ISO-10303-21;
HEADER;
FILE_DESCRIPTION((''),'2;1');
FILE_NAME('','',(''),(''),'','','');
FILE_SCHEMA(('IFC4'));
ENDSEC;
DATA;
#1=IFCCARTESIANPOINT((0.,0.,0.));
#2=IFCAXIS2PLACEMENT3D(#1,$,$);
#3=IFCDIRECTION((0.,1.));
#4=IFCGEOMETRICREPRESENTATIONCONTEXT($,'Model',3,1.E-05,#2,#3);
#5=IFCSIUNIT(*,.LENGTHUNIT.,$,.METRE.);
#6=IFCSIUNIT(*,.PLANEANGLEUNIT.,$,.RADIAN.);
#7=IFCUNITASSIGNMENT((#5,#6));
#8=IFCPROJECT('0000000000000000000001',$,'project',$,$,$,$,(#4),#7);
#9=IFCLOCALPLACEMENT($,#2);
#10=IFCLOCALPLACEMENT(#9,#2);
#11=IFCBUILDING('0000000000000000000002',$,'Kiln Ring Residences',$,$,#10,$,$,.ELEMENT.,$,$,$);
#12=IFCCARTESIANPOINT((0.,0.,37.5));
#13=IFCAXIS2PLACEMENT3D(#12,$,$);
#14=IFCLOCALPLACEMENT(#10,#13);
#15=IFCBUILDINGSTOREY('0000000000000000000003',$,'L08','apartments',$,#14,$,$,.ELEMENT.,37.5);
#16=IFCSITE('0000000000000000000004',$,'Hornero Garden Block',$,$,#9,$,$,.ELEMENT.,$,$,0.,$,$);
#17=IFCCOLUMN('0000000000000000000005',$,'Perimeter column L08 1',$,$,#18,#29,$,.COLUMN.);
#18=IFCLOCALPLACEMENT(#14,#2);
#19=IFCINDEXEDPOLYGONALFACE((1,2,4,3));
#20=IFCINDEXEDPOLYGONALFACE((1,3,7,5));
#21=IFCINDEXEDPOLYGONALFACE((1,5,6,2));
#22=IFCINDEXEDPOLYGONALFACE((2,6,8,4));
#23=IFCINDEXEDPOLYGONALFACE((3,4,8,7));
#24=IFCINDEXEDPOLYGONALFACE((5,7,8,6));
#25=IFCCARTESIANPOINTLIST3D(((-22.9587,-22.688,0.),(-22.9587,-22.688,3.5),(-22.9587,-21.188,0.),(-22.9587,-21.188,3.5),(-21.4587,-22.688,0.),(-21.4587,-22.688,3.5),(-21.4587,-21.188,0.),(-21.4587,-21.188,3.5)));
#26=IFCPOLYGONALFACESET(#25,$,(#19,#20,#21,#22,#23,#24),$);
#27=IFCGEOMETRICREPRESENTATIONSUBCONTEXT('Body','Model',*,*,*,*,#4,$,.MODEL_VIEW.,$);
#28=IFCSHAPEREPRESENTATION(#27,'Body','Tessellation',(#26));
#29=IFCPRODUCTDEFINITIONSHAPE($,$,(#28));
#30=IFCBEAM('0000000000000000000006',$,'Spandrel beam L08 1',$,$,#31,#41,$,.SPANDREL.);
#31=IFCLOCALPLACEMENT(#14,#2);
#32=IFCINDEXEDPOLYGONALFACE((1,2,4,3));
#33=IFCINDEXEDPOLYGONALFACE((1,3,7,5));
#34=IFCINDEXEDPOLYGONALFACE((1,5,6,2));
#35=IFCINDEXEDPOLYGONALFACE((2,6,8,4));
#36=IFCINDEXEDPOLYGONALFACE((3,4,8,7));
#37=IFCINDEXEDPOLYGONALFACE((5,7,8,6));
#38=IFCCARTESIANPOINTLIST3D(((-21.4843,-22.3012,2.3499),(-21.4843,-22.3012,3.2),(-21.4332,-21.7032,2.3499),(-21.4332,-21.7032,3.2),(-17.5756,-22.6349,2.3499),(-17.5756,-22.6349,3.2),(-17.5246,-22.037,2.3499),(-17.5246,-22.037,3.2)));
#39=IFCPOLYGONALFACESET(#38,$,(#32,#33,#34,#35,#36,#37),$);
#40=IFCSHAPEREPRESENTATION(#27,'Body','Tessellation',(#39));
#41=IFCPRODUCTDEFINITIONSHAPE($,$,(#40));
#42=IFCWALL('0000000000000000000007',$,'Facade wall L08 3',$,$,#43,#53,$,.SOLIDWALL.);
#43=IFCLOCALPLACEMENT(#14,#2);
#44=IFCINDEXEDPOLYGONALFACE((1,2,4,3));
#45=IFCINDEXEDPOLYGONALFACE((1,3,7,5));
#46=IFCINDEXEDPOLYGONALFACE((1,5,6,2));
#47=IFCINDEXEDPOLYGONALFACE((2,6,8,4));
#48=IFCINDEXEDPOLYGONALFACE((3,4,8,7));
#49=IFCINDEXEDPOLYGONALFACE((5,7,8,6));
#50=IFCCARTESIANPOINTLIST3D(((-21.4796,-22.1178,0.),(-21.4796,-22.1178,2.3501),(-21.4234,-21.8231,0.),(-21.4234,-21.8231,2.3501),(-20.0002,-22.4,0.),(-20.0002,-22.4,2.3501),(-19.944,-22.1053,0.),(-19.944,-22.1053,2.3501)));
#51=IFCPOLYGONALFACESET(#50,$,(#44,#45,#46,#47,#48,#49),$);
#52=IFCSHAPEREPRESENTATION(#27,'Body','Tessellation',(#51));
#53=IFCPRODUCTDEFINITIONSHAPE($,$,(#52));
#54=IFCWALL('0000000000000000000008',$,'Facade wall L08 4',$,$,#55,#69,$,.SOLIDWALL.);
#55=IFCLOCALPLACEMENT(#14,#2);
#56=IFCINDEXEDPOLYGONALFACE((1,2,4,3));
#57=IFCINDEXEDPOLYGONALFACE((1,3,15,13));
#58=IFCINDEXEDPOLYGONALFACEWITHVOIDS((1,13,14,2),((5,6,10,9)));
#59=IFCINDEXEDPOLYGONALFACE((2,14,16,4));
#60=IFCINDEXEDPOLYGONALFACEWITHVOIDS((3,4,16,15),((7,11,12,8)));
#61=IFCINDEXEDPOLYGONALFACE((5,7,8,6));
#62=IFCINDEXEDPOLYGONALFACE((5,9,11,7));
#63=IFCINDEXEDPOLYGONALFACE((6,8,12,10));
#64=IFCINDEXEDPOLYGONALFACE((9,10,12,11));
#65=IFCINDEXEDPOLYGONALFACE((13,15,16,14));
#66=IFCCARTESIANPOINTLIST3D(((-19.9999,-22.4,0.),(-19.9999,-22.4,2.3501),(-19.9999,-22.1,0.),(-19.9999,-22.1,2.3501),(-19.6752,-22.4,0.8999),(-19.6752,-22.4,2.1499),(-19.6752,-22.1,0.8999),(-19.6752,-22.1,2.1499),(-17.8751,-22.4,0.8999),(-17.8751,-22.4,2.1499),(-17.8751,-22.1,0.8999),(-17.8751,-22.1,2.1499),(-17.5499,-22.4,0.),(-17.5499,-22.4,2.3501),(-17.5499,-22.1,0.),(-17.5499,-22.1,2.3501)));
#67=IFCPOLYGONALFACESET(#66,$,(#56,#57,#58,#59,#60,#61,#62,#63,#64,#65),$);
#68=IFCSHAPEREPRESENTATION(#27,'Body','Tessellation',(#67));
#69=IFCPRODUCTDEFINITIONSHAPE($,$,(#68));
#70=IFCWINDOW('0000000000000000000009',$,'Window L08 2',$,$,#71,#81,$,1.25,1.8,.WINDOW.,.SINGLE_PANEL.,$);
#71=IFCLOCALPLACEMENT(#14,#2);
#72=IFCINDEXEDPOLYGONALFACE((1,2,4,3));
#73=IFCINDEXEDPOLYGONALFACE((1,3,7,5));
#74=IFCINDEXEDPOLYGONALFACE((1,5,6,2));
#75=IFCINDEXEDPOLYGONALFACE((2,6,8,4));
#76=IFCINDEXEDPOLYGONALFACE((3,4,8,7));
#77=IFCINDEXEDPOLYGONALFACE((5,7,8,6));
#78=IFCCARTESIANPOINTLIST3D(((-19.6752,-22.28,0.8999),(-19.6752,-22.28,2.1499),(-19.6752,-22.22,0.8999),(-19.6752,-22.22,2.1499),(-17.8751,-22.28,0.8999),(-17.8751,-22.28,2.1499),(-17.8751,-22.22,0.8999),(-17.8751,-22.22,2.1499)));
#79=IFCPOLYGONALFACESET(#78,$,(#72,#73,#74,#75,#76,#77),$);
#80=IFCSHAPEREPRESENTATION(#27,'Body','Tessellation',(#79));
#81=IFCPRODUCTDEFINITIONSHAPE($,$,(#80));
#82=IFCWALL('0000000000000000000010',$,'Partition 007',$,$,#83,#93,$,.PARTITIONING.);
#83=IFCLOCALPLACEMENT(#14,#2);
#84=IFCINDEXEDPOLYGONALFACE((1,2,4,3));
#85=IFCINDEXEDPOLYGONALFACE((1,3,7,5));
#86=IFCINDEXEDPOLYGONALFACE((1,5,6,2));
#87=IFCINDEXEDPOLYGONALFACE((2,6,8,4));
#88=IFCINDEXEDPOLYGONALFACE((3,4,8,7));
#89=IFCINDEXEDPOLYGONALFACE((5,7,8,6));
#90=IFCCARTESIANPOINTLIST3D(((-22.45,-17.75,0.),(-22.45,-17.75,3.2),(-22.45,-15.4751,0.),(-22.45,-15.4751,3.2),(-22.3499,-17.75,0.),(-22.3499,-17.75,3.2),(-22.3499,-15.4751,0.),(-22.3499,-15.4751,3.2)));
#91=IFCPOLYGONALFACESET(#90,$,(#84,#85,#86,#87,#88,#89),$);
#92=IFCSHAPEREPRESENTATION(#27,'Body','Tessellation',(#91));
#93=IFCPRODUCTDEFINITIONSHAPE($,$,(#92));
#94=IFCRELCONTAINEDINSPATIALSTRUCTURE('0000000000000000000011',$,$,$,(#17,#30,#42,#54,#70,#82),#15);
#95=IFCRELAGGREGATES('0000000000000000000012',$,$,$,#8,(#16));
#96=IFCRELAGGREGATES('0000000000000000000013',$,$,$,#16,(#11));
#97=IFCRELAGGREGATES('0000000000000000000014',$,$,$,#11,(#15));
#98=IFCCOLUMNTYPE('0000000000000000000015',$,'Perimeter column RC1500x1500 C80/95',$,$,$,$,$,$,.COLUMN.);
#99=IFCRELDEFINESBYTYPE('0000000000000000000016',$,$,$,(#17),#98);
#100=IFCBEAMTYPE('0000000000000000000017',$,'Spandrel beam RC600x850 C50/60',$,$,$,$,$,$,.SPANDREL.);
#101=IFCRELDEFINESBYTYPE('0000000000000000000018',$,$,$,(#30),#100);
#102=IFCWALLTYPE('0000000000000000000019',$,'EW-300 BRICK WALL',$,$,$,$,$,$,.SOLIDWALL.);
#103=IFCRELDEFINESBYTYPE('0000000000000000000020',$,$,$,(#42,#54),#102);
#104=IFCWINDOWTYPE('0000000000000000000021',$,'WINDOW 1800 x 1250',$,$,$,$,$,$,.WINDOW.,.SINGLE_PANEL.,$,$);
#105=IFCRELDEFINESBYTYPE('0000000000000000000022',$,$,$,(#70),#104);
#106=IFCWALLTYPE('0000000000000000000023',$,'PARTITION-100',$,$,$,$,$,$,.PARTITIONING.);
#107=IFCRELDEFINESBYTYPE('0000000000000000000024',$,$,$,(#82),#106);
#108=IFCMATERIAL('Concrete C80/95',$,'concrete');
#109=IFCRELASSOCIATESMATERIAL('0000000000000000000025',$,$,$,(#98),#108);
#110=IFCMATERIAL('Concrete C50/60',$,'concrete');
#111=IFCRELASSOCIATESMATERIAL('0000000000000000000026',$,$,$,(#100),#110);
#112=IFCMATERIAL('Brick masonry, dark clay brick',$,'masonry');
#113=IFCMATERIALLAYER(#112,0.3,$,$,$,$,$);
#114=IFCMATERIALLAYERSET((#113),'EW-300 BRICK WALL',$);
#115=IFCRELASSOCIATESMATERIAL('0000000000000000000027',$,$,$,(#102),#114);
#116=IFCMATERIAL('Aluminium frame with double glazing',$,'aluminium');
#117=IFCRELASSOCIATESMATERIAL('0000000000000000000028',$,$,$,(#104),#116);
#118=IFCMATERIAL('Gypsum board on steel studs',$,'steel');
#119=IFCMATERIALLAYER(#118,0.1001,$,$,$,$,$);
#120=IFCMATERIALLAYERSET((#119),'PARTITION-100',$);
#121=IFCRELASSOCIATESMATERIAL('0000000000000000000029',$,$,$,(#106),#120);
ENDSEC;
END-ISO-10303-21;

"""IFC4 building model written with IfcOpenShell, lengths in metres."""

from ifc_helpers import new_model, si_unit, direction, frame, frame_2d, origin, origin_2d, place, context, subcontext, project, spatial, rectangle, extrude, material, layer, layer_set, material_profile, profile_set, type_object, element, fill, save


model = new_model("IFC4")

# Units and contexts
model_context = context("Model", 3, precision=1e-05, world=origin(), true_north=direction((0.0, 1.0)))
body_context = subcontext(model_context, "Body", "Model", "MODEL_VIEW")
ifc_project = project(units=[si_unit("LENGTHUNIT", "METRE"), si_unit("PLANEANGLEUNIT", "RADIAN")], contexts=[model_context])

# Site, building, storey
site_placement = place(None, origin())
site = spatial("IfcSite", under=ifc_project, at=site_placement, Name="Hornero Garden Block", CompositionType="ELEMENT", RefElevation=0.0)
building_placement = place(site_placement, origin())
building = spatial("IfcBuilding", under=site, at=building_placement, Name="Kiln Ring Residences", CompositionType="ELEMENT")
storey_placement = place(building_placement, frame((0.0, 0.0, 37.5)))
storey = spatial("IfcBuildingStorey", under=building, at=storey_placement, Name="L08", Description="apartments", CompositionType="ELEMENT", Elevation=37.5)

# Column
ifc_material_1 = material(Name="Concrete C80/95", Category="concrete")
ifc_material_profile_1 = material_profile(ifc_material_1, rectangle(XDim=1.5, YDim=1.5, at=origin_2d()), Name="RC1500x1500")
ifc_profile_set_1 = profile_set([ifc_material_profile_1], Name="Concrete C80/95")
column_type = type_object("IfcColumnType", Name="Perimeter column RC1500x1500 C80/95", PredefinedType="COLUMN", material=ifc_profile_set_1)
column_placement = place(storey_placement, frame((-22.2087, -21.938, 0.0), z_axis=(0.0, 0.0, 1.0), x_axis=(1.0, 0.0, 0.0)))
element("IfcColumn", 1, at=column_placement, inside=storey, type_object=column_type, Name="Perimeter column L08 1", PredefinedType="COLUMN", context=body_context, shape_type="SweptSolid", body=[
    extrude(rectangle(XDim=1.5, YDim=1.5, at=origin_2d()), origin(), (0.0, 0.0, 1.0), 3.5),
])

# Beam
ifc_material_2 = material(Name="Concrete C50/60", Category="concrete")
ifc_material_profile_2 = material_profile(ifc_material_2, rectangle(XDim=0.6001, YDim=0.8501, at=origin_2d()), Name="RC600x850")
ifc_profile_set_2 = profile_set([ifc_material_profile_2], Name="Concrete C50/60")
beam_type = type_object("IfcBeamType", Name="Spandrel beam RC600x850 C50/60", PredefinedType="SPANDREL", material=ifc_profile_set_2)
beam_placement = place(storey_placement, frame((-21.4587, -22.0022, 2.7749), z_axis=(0.996375, -0.085075, 0.0), x_axis=(0.085075, 0.996375, 0.0)))
element("IfcBeam", 2, at=beam_placement, inside=storey, type_object=beam_type, Name="Spandrel beam L08 1", PredefinedType="SPANDREL", context=body_context, shape_type="SweptSolid", body=[
    extrude(rectangle(XDim=0.6001, YDim=0.8501, at=origin_2d()), origin(), (0.0, 0.0, 1.0), 3.9229),
])

# Wall
ifc_material_3 = material(Name="Brick masonry, dark clay brick", Category="masonry")
ifc_layer_1 = layer(ifc_material_3, 0.3)
ifc_layer_set_1 = layer_set([ifc_layer_1], Name="EW-300 BRICK WALL")
wall_type_1 = type_object("IfcWallType", Name="EW-300 BRICK WALL", PredefinedType="SOLIDWALL", material=ifc_layer_set_1)
wall_1_placement = place(storey_placement, frame((-21.4514, -21.9705, 0.0), z_axis=(0.0, 0.0, 1.0), x_axis=(0.982287, -0.18738, 0.0)))
element("IfcWall", 3, at=wall_1_placement, inside=storey, type_object=wall_type_1, Name="Facade wall L08 3", PredefinedType="SOLIDWALL", context=body_context, shape_type="SweptSolid", body=[
    extrude(rectangle(XDim=1.5061, YDim=0.3, at=frame_2d((0.7529, 0.0))), origin(), (0.0, 0.0, 1.0), 2.3501),
])

# Wall, opening, window
wall_2_placement = place(storey_placement, frame((-20.0, -22.25, 0.0), z_axis=(0.0, 0.0, 1.0), x_axis=(1.0, 0.0, 0.0)))
wall_2 = element("IfcWall", 4, at=wall_2_placement, inside=storey, type_object=wall_type_1, Name="Facade wall L08 4", PredefinedType="SOLIDWALL", context=body_context, shape_type="SweptSolid", body=[
    extrude(rectangle(XDim=2.45, YDim=0.3, at=frame_2d((1.2251, 0.0))), origin(), (0.0, 0.0, 1.0), 2.3501),
])
opening_placement = place(wall_2_placement, frame((0.325, 0.0, 0.8999)))
opening = element("IfcOpeningElement", 5, at=opening_placement, cuts=wall_2, PredefinedType="OPENING", context=body_context, shape_type="SweptSolid", body=[
    extrude(rectangle(XDim=1.8, YDim=1.25, at=frame_2d((0.8999, 0.625))), frame((0.0, 0.1599, 0.0), z_axis=(0.0, -1.0, 0.0), x_axis=(1.0, 0.0, 0.0)), (0.0, 0.0, 1.0), 0.3201),
])
ifc_material_4 = material(Name="Aluminium frame with double glazing", Category="aluminium")
window_type = type_object("IfcWindowType", Name="WINDOW 1800 x 1250", PartitioningType="SINGLE_PANEL", PredefinedType="WINDOW", material=ifc_material_4)
window_placement = place(opening_placement, origin())
window = element("IfcWindow", 6, at=window_placement, inside=storey, type_object=window_type, Name="Window L08 2", OverallHeight=1.25, OverallWidth=1.8, PartitioningType="SINGLE_PANEL", PredefinedType="WINDOW", context=body_context, shape_type="SweptSolid", body=[
    extrude(rectangle(XDim=1.8, YDim=1.25, at=frame_2d((0.8999, 0.625))), frame((0.0, 0.03, 0.0), z_axis=(0.0, -1.0, 0.0), x_axis=(1.0, 0.0, 0.0)), (0.0, 0.0, 1.0), 0.0601),
])
fill(opening, window)

# Wall
ifc_material_5 = material(Name="Gypsum board on steel studs", Category="steel")
ifc_layer_2 = layer(ifc_material_5, 0.1001)
ifc_layer_set_2 = layer_set([ifc_layer_2], Name="PARTITION-100")
wall_type_2 = type_object("IfcWallType", Name="PARTITION-100", PredefinedType="PARTITIONING", material=ifc_layer_set_2)
wall_3_placement = place(storey_placement, frame((-22.3999, -17.75, 0.0), z_axis=(0.0, 0.0, 1.0), x_axis=(0.0, 1.0, 0.0)))
element("IfcWall", 7, at=wall_3_placement, inside=storey, type_object=wall_type_2, Name="Partition 007", PredefinedType="PARTITIONING", context=body_context, shape_type="SweptSolid", body=[
    extrude(rectangle(XDim=2.2749, YDim=0.1001, at=frame_2d((1.1375, 0.0))), origin(), (0.0, 0.0, 1.0), 3.2),
])

save(model, "model.ifc")
